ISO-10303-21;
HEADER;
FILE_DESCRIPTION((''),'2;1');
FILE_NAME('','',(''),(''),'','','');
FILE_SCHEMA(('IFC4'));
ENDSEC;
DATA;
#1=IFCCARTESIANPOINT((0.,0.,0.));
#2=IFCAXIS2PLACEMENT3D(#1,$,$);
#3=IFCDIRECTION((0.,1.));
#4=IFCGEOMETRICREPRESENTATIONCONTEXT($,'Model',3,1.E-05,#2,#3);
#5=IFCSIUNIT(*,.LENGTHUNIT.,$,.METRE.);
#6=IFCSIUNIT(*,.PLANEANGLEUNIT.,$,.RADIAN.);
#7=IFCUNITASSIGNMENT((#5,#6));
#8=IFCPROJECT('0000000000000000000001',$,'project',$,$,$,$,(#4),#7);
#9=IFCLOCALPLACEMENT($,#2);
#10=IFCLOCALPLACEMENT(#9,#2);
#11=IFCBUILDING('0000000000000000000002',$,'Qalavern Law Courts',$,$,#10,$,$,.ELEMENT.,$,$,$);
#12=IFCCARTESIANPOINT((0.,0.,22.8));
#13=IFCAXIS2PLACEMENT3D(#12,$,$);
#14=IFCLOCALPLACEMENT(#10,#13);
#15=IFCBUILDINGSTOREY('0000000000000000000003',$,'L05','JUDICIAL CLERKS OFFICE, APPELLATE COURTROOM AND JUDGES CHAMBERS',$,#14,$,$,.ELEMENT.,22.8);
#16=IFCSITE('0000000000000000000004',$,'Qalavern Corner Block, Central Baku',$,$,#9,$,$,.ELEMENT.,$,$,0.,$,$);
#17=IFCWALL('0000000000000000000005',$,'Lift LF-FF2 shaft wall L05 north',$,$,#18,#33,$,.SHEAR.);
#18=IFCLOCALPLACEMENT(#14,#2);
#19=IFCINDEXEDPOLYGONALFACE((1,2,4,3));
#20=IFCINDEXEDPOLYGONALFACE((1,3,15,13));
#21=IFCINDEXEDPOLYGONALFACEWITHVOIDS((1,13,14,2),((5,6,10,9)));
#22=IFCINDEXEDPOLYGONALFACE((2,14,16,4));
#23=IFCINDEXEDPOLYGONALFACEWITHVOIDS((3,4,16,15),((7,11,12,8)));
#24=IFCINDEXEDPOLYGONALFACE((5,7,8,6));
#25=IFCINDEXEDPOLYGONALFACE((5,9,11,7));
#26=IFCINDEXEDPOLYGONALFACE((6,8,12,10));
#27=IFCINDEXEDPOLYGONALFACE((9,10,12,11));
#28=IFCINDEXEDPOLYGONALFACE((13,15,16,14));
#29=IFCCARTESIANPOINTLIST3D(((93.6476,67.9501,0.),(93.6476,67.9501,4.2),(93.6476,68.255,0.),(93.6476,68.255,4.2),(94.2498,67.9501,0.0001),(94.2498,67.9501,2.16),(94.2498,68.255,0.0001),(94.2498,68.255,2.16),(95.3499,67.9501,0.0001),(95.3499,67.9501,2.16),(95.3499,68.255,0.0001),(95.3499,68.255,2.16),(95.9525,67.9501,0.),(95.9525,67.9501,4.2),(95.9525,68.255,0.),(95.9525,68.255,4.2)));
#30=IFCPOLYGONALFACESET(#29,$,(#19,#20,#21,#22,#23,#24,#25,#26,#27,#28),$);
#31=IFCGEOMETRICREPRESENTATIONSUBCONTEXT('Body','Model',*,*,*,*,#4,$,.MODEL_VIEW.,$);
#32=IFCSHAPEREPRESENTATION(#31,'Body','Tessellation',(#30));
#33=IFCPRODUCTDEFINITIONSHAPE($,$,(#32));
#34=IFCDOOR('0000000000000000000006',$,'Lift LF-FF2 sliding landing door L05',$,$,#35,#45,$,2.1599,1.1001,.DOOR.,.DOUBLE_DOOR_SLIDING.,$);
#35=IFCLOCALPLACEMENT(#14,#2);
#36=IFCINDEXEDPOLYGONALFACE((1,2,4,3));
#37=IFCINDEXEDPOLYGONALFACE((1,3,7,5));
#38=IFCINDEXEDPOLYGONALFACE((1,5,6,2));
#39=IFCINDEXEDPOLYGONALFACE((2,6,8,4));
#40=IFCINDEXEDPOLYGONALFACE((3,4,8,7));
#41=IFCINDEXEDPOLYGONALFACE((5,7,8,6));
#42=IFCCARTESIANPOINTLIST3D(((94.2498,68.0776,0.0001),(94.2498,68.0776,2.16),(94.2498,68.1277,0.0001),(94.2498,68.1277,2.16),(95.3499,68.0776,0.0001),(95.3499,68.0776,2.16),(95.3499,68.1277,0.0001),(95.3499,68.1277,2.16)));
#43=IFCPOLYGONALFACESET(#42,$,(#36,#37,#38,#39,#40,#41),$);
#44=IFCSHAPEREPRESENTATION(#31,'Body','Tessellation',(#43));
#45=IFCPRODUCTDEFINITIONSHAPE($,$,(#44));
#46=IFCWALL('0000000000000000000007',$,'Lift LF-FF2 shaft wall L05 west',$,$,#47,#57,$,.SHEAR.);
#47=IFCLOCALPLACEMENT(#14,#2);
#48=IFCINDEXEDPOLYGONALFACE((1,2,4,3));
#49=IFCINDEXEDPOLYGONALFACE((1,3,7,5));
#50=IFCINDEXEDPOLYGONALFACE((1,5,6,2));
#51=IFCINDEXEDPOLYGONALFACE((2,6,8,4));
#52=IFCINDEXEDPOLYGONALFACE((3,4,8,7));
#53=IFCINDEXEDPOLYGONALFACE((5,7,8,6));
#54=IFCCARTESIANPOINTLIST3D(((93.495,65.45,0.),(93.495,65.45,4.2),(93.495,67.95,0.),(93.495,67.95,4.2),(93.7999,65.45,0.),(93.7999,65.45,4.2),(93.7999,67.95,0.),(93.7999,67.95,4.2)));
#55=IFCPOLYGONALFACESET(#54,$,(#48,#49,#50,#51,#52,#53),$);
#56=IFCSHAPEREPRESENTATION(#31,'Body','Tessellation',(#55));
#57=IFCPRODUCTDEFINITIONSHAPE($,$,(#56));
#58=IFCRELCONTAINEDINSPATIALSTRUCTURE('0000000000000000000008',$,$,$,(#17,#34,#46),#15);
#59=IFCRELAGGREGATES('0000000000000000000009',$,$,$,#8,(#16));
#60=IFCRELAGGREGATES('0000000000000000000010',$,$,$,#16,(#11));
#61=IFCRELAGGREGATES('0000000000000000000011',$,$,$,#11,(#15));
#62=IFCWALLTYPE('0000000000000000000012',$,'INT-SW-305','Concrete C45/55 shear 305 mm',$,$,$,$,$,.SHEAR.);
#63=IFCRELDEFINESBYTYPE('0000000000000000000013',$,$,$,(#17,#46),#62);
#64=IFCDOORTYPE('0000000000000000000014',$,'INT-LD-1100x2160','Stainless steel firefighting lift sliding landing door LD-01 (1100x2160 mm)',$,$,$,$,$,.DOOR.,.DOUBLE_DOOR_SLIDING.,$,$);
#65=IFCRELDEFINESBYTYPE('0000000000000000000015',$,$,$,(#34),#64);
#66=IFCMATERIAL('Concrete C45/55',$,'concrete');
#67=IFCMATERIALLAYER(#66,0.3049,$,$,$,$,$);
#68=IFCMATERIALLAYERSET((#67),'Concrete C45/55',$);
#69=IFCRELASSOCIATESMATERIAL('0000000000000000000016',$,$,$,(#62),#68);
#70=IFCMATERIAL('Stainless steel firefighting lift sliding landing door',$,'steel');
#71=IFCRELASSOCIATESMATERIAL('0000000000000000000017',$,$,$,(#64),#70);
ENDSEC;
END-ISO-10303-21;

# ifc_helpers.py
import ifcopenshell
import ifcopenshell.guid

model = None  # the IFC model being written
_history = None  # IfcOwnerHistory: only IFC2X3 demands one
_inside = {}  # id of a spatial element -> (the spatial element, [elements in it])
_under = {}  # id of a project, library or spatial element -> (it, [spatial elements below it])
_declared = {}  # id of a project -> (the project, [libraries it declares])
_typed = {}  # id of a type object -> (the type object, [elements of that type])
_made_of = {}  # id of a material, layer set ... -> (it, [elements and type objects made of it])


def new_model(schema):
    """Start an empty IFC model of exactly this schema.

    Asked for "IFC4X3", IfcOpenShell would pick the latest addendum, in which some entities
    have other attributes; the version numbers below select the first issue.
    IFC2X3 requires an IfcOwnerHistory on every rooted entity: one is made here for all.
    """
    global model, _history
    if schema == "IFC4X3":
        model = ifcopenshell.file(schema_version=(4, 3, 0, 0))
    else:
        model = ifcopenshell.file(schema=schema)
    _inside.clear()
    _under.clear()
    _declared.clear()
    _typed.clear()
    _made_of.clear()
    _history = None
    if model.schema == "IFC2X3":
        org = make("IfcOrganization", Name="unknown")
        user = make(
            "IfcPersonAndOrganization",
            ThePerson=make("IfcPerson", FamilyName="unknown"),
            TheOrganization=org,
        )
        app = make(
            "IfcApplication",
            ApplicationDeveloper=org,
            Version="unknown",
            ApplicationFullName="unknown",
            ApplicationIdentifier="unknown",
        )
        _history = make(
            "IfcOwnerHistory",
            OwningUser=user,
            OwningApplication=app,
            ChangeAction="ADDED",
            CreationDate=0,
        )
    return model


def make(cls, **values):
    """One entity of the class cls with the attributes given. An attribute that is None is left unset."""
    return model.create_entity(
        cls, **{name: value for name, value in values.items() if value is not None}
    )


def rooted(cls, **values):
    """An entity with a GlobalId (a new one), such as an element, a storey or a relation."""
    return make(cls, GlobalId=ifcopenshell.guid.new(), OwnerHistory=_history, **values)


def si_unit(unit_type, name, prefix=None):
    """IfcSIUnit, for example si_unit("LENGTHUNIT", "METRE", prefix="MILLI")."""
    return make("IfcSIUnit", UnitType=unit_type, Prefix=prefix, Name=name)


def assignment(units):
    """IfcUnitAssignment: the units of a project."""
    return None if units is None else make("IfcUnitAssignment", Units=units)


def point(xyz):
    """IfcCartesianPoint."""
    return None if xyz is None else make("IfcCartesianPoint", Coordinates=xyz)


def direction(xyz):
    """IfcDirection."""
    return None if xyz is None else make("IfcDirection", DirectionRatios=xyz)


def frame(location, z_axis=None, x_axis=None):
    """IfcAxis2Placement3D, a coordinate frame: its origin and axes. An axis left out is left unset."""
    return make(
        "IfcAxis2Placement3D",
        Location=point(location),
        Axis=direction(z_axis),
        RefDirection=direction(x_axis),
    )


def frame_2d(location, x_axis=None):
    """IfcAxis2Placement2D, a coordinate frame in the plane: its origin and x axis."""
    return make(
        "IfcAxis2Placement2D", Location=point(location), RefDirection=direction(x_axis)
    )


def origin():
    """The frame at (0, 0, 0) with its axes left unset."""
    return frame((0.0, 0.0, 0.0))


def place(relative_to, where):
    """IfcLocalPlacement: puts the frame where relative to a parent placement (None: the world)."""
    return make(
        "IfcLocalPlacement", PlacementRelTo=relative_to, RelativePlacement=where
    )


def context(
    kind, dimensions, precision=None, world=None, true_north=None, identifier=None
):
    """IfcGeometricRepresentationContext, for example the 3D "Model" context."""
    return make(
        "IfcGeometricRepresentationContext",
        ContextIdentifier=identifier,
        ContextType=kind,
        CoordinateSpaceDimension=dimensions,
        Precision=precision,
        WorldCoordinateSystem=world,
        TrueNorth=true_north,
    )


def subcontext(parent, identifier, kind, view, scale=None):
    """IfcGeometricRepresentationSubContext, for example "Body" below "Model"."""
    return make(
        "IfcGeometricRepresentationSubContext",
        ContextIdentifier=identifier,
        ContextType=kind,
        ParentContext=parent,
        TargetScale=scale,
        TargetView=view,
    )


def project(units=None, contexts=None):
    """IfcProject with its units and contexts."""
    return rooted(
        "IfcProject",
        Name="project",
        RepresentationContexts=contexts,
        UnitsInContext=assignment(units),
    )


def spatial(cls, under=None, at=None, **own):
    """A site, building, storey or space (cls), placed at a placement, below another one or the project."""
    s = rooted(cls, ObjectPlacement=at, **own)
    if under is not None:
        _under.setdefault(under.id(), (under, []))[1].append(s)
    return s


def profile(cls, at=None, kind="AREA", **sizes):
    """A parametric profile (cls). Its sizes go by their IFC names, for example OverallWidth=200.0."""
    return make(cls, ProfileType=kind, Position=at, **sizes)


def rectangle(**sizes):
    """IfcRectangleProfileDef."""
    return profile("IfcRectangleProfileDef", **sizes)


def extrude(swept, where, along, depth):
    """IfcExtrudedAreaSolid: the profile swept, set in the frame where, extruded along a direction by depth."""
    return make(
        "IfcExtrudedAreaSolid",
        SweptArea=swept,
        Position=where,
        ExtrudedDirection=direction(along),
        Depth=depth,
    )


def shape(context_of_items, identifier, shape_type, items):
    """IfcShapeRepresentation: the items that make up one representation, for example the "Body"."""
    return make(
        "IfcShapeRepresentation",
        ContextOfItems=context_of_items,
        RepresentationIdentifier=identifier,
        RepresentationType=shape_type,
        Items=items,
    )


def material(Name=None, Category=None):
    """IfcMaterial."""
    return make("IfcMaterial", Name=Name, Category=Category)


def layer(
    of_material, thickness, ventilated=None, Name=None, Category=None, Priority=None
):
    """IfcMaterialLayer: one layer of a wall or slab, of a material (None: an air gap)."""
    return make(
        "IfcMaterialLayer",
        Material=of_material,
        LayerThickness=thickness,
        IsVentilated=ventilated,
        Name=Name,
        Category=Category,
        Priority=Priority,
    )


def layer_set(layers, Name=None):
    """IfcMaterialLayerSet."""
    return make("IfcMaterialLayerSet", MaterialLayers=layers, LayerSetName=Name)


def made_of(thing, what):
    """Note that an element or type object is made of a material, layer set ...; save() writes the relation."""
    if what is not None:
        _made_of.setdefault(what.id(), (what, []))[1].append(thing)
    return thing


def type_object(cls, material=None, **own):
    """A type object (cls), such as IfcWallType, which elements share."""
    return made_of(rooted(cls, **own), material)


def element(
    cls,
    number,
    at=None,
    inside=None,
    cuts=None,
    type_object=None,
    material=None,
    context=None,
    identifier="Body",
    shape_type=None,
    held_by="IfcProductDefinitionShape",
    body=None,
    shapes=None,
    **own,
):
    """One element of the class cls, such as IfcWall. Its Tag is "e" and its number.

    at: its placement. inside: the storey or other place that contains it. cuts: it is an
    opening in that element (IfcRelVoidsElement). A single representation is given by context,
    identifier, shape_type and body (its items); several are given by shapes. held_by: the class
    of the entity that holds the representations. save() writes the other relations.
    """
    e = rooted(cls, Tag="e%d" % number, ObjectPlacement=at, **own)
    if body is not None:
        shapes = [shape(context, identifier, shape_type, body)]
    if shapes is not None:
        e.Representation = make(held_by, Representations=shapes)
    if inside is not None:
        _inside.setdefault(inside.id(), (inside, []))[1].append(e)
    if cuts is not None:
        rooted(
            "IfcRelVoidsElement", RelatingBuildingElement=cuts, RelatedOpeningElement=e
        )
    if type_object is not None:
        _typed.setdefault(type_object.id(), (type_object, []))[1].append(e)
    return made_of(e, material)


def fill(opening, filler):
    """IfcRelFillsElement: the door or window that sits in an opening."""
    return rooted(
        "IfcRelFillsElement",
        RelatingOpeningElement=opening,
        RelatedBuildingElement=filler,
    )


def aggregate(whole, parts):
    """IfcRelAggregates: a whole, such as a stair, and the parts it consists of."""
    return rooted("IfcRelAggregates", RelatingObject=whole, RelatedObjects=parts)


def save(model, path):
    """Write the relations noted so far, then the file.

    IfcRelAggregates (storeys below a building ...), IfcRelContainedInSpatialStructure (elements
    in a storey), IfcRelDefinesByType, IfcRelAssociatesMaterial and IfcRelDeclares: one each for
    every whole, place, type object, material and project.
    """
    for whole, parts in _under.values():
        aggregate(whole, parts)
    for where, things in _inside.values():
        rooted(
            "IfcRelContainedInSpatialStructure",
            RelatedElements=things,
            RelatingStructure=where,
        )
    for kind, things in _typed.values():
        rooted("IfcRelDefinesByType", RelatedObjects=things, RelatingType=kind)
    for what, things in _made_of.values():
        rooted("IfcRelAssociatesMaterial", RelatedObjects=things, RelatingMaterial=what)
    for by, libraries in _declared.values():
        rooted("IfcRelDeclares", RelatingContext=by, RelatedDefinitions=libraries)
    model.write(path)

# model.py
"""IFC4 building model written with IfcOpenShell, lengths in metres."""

from ifc_helpers import new_model, si_unit, direction, frame, frame_2d, origin, place, context, subcontext, project, spatial, rectangle, extrude, material, layer, layer_set, type_object, element, fill, save


model = new_model("IFC4")

# Units and contexts
model_context = context("Model", 3, precision=1e-05, world=origin(), true_north=direction((0.0, 1.0)))
body_context = subcontext(model_context, "Body", "Model", "MODEL_VIEW")
ifc_project = project(units=[si_unit("LENGTHUNIT", "METRE"), si_unit("PLANEANGLEUNIT", "RADIAN")], contexts=[model_context])

# Site, building, storey
site_placement = place(None, origin())
site = spatial("IfcSite", under=ifc_project, at=site_placement, Name="Qalavern Corner Block, Central Baku", CompositionType="ELEMENT", RefElevation=0.0)
building_placement = place(site_placement, origin())
building = spatial("IfcBuilding", under=site, at=building_placement, Name="Qalavern Law Courts", CompositionType="ELEMENT")
storey_placement = place(building_placement, frame((0.0, 0.0, 22.8)))
storey = spatial("IfcBuildingStorey", under=building, at=storey_placement, Name="L05", Description="JUDICIAL CLERKS OFFICE, APPELLATE COURTROOM AND JUDGES CHAMBERS", CompositionType="ELEMENT", Elevation=22.8)

# Shared definitions
ifc_material_1 = material(Name="Concrete C45/55", Category="concrete")

# Shared definitions
ifc_layer_1 = layer(ifc_material_1, 0.3049)
ifc_layer_set_1 = layer_set([ifc_layer_1], Name="Concrete C45/55")
wall_type_1 = type_object("IfcWallType", Name="INT-SW-305", Description="Concrete C45/55 shear 305 mm", PredefinedType="SHEAR", material=ifc_layer_set_1)

# Wall, opening, door
wall_1_placement = place(storey_placement, frame((95.9524, 68.1025, 0.0), z_axis=(0.0, 0.0, 1.0), x_axis=(-1.0, 0.0, 0.0)))
wall_1 = element("IfcWall", 1, at=wall_1_placement, inside=storey, type_object=wall_type_1, Name="Lift LF-FF2 shaft wall L05 north", PredefinedType="SHEAR", context=body_context, shape_type="SweptSolid", body=[
    extrude(rectangle(XDim=2.3049, YDim=0.3049, at=frame_2d((1.1523, 0.0))), origin(), (0.0, 0.0, 1.0), 4.2),
])
opening_1_placement = place(wall_1_placement, frame((0.6025, 0.0, 0.0)))
opening_1 = element("IfcOpeningElement", 2, at=opening_1_placement, cuts=wall_1, PredefinedType="OPENING", context=body_context, shape_type="SweptSolid", body=[
    extrude(rectangle(XDim=1.1001, YDim=2.1599, at=frame_2d((0.55, 1.0801))), frame((0.0, 0.1675, 0.0), z_axis=(0.0, -1.0, 0.0), x_axis=(1.0, 0.0, 0.0)), (0.0, 0.0, 1.0), 0.3347),
])
ifc_material_2 = material(Name="Stainless steel firefighting lift sliding landing door", Category="steel")
door_type_1 = type_object("IfcDoorType", Name="INT-LD-1100x2160", Description="Stainless steel firefighting lift sliding landing door LD-01 (1100x2160 mm)", OperationType="DOUBLE_DOOR_SLIDING", PredefinedType="DOOR", material=ifc_material_2)
door_1_placement = place(opening_1_placement, origin())
door_1 = element("IfcDoor", 3, at=door_1_placement, inside=storey, type_object=door_type_1, Name="Lift LF-FF2 sliding landing door L05", OperationType="DOUBLE_DOOR_SLIDING", OverallHeight=2.1599, OverallWidth=1.1001, PredefinedType="DOOR", context=body_context, shape_type="SweptSolid", body=[
    extrude(rectangle(XDim=1.1001, YDim=2.1599, at=frame_2d((0.55, 1.0801))), frame((0.0, 0.0249, 0.0), z_axis=(0.0, -1.0, 0.0), x_axis=(1.0, 0.0, 0.0)), (0.0, 0.0, 1.0), 0.05),
])
fill(opening_1, door_1)

# Wall
wall_2_placement = place(storey_placement, frame((93.6475, 67.95, 0.0), z_axis=(0.0, 0.0, 1.0), x_axis=(0.0, -1.0, 0.0)))
element("IfcWall", 4, at=wall_2_placement, inside=storey, type_object=wall_type_1, Name="Lift LF-FF2 shaft wall L05 west", PredefinedType="SHEAR", context=body_context, shape_type="SweptSolid", body=[
    extrude(rectangle(XDim=2.5, YDim=0.3049, at=frame_2d((1.25, 0.0))), origin(), (0.0, 0.0, 1.0), 4.2),
])

save(model, "model.ifc")
